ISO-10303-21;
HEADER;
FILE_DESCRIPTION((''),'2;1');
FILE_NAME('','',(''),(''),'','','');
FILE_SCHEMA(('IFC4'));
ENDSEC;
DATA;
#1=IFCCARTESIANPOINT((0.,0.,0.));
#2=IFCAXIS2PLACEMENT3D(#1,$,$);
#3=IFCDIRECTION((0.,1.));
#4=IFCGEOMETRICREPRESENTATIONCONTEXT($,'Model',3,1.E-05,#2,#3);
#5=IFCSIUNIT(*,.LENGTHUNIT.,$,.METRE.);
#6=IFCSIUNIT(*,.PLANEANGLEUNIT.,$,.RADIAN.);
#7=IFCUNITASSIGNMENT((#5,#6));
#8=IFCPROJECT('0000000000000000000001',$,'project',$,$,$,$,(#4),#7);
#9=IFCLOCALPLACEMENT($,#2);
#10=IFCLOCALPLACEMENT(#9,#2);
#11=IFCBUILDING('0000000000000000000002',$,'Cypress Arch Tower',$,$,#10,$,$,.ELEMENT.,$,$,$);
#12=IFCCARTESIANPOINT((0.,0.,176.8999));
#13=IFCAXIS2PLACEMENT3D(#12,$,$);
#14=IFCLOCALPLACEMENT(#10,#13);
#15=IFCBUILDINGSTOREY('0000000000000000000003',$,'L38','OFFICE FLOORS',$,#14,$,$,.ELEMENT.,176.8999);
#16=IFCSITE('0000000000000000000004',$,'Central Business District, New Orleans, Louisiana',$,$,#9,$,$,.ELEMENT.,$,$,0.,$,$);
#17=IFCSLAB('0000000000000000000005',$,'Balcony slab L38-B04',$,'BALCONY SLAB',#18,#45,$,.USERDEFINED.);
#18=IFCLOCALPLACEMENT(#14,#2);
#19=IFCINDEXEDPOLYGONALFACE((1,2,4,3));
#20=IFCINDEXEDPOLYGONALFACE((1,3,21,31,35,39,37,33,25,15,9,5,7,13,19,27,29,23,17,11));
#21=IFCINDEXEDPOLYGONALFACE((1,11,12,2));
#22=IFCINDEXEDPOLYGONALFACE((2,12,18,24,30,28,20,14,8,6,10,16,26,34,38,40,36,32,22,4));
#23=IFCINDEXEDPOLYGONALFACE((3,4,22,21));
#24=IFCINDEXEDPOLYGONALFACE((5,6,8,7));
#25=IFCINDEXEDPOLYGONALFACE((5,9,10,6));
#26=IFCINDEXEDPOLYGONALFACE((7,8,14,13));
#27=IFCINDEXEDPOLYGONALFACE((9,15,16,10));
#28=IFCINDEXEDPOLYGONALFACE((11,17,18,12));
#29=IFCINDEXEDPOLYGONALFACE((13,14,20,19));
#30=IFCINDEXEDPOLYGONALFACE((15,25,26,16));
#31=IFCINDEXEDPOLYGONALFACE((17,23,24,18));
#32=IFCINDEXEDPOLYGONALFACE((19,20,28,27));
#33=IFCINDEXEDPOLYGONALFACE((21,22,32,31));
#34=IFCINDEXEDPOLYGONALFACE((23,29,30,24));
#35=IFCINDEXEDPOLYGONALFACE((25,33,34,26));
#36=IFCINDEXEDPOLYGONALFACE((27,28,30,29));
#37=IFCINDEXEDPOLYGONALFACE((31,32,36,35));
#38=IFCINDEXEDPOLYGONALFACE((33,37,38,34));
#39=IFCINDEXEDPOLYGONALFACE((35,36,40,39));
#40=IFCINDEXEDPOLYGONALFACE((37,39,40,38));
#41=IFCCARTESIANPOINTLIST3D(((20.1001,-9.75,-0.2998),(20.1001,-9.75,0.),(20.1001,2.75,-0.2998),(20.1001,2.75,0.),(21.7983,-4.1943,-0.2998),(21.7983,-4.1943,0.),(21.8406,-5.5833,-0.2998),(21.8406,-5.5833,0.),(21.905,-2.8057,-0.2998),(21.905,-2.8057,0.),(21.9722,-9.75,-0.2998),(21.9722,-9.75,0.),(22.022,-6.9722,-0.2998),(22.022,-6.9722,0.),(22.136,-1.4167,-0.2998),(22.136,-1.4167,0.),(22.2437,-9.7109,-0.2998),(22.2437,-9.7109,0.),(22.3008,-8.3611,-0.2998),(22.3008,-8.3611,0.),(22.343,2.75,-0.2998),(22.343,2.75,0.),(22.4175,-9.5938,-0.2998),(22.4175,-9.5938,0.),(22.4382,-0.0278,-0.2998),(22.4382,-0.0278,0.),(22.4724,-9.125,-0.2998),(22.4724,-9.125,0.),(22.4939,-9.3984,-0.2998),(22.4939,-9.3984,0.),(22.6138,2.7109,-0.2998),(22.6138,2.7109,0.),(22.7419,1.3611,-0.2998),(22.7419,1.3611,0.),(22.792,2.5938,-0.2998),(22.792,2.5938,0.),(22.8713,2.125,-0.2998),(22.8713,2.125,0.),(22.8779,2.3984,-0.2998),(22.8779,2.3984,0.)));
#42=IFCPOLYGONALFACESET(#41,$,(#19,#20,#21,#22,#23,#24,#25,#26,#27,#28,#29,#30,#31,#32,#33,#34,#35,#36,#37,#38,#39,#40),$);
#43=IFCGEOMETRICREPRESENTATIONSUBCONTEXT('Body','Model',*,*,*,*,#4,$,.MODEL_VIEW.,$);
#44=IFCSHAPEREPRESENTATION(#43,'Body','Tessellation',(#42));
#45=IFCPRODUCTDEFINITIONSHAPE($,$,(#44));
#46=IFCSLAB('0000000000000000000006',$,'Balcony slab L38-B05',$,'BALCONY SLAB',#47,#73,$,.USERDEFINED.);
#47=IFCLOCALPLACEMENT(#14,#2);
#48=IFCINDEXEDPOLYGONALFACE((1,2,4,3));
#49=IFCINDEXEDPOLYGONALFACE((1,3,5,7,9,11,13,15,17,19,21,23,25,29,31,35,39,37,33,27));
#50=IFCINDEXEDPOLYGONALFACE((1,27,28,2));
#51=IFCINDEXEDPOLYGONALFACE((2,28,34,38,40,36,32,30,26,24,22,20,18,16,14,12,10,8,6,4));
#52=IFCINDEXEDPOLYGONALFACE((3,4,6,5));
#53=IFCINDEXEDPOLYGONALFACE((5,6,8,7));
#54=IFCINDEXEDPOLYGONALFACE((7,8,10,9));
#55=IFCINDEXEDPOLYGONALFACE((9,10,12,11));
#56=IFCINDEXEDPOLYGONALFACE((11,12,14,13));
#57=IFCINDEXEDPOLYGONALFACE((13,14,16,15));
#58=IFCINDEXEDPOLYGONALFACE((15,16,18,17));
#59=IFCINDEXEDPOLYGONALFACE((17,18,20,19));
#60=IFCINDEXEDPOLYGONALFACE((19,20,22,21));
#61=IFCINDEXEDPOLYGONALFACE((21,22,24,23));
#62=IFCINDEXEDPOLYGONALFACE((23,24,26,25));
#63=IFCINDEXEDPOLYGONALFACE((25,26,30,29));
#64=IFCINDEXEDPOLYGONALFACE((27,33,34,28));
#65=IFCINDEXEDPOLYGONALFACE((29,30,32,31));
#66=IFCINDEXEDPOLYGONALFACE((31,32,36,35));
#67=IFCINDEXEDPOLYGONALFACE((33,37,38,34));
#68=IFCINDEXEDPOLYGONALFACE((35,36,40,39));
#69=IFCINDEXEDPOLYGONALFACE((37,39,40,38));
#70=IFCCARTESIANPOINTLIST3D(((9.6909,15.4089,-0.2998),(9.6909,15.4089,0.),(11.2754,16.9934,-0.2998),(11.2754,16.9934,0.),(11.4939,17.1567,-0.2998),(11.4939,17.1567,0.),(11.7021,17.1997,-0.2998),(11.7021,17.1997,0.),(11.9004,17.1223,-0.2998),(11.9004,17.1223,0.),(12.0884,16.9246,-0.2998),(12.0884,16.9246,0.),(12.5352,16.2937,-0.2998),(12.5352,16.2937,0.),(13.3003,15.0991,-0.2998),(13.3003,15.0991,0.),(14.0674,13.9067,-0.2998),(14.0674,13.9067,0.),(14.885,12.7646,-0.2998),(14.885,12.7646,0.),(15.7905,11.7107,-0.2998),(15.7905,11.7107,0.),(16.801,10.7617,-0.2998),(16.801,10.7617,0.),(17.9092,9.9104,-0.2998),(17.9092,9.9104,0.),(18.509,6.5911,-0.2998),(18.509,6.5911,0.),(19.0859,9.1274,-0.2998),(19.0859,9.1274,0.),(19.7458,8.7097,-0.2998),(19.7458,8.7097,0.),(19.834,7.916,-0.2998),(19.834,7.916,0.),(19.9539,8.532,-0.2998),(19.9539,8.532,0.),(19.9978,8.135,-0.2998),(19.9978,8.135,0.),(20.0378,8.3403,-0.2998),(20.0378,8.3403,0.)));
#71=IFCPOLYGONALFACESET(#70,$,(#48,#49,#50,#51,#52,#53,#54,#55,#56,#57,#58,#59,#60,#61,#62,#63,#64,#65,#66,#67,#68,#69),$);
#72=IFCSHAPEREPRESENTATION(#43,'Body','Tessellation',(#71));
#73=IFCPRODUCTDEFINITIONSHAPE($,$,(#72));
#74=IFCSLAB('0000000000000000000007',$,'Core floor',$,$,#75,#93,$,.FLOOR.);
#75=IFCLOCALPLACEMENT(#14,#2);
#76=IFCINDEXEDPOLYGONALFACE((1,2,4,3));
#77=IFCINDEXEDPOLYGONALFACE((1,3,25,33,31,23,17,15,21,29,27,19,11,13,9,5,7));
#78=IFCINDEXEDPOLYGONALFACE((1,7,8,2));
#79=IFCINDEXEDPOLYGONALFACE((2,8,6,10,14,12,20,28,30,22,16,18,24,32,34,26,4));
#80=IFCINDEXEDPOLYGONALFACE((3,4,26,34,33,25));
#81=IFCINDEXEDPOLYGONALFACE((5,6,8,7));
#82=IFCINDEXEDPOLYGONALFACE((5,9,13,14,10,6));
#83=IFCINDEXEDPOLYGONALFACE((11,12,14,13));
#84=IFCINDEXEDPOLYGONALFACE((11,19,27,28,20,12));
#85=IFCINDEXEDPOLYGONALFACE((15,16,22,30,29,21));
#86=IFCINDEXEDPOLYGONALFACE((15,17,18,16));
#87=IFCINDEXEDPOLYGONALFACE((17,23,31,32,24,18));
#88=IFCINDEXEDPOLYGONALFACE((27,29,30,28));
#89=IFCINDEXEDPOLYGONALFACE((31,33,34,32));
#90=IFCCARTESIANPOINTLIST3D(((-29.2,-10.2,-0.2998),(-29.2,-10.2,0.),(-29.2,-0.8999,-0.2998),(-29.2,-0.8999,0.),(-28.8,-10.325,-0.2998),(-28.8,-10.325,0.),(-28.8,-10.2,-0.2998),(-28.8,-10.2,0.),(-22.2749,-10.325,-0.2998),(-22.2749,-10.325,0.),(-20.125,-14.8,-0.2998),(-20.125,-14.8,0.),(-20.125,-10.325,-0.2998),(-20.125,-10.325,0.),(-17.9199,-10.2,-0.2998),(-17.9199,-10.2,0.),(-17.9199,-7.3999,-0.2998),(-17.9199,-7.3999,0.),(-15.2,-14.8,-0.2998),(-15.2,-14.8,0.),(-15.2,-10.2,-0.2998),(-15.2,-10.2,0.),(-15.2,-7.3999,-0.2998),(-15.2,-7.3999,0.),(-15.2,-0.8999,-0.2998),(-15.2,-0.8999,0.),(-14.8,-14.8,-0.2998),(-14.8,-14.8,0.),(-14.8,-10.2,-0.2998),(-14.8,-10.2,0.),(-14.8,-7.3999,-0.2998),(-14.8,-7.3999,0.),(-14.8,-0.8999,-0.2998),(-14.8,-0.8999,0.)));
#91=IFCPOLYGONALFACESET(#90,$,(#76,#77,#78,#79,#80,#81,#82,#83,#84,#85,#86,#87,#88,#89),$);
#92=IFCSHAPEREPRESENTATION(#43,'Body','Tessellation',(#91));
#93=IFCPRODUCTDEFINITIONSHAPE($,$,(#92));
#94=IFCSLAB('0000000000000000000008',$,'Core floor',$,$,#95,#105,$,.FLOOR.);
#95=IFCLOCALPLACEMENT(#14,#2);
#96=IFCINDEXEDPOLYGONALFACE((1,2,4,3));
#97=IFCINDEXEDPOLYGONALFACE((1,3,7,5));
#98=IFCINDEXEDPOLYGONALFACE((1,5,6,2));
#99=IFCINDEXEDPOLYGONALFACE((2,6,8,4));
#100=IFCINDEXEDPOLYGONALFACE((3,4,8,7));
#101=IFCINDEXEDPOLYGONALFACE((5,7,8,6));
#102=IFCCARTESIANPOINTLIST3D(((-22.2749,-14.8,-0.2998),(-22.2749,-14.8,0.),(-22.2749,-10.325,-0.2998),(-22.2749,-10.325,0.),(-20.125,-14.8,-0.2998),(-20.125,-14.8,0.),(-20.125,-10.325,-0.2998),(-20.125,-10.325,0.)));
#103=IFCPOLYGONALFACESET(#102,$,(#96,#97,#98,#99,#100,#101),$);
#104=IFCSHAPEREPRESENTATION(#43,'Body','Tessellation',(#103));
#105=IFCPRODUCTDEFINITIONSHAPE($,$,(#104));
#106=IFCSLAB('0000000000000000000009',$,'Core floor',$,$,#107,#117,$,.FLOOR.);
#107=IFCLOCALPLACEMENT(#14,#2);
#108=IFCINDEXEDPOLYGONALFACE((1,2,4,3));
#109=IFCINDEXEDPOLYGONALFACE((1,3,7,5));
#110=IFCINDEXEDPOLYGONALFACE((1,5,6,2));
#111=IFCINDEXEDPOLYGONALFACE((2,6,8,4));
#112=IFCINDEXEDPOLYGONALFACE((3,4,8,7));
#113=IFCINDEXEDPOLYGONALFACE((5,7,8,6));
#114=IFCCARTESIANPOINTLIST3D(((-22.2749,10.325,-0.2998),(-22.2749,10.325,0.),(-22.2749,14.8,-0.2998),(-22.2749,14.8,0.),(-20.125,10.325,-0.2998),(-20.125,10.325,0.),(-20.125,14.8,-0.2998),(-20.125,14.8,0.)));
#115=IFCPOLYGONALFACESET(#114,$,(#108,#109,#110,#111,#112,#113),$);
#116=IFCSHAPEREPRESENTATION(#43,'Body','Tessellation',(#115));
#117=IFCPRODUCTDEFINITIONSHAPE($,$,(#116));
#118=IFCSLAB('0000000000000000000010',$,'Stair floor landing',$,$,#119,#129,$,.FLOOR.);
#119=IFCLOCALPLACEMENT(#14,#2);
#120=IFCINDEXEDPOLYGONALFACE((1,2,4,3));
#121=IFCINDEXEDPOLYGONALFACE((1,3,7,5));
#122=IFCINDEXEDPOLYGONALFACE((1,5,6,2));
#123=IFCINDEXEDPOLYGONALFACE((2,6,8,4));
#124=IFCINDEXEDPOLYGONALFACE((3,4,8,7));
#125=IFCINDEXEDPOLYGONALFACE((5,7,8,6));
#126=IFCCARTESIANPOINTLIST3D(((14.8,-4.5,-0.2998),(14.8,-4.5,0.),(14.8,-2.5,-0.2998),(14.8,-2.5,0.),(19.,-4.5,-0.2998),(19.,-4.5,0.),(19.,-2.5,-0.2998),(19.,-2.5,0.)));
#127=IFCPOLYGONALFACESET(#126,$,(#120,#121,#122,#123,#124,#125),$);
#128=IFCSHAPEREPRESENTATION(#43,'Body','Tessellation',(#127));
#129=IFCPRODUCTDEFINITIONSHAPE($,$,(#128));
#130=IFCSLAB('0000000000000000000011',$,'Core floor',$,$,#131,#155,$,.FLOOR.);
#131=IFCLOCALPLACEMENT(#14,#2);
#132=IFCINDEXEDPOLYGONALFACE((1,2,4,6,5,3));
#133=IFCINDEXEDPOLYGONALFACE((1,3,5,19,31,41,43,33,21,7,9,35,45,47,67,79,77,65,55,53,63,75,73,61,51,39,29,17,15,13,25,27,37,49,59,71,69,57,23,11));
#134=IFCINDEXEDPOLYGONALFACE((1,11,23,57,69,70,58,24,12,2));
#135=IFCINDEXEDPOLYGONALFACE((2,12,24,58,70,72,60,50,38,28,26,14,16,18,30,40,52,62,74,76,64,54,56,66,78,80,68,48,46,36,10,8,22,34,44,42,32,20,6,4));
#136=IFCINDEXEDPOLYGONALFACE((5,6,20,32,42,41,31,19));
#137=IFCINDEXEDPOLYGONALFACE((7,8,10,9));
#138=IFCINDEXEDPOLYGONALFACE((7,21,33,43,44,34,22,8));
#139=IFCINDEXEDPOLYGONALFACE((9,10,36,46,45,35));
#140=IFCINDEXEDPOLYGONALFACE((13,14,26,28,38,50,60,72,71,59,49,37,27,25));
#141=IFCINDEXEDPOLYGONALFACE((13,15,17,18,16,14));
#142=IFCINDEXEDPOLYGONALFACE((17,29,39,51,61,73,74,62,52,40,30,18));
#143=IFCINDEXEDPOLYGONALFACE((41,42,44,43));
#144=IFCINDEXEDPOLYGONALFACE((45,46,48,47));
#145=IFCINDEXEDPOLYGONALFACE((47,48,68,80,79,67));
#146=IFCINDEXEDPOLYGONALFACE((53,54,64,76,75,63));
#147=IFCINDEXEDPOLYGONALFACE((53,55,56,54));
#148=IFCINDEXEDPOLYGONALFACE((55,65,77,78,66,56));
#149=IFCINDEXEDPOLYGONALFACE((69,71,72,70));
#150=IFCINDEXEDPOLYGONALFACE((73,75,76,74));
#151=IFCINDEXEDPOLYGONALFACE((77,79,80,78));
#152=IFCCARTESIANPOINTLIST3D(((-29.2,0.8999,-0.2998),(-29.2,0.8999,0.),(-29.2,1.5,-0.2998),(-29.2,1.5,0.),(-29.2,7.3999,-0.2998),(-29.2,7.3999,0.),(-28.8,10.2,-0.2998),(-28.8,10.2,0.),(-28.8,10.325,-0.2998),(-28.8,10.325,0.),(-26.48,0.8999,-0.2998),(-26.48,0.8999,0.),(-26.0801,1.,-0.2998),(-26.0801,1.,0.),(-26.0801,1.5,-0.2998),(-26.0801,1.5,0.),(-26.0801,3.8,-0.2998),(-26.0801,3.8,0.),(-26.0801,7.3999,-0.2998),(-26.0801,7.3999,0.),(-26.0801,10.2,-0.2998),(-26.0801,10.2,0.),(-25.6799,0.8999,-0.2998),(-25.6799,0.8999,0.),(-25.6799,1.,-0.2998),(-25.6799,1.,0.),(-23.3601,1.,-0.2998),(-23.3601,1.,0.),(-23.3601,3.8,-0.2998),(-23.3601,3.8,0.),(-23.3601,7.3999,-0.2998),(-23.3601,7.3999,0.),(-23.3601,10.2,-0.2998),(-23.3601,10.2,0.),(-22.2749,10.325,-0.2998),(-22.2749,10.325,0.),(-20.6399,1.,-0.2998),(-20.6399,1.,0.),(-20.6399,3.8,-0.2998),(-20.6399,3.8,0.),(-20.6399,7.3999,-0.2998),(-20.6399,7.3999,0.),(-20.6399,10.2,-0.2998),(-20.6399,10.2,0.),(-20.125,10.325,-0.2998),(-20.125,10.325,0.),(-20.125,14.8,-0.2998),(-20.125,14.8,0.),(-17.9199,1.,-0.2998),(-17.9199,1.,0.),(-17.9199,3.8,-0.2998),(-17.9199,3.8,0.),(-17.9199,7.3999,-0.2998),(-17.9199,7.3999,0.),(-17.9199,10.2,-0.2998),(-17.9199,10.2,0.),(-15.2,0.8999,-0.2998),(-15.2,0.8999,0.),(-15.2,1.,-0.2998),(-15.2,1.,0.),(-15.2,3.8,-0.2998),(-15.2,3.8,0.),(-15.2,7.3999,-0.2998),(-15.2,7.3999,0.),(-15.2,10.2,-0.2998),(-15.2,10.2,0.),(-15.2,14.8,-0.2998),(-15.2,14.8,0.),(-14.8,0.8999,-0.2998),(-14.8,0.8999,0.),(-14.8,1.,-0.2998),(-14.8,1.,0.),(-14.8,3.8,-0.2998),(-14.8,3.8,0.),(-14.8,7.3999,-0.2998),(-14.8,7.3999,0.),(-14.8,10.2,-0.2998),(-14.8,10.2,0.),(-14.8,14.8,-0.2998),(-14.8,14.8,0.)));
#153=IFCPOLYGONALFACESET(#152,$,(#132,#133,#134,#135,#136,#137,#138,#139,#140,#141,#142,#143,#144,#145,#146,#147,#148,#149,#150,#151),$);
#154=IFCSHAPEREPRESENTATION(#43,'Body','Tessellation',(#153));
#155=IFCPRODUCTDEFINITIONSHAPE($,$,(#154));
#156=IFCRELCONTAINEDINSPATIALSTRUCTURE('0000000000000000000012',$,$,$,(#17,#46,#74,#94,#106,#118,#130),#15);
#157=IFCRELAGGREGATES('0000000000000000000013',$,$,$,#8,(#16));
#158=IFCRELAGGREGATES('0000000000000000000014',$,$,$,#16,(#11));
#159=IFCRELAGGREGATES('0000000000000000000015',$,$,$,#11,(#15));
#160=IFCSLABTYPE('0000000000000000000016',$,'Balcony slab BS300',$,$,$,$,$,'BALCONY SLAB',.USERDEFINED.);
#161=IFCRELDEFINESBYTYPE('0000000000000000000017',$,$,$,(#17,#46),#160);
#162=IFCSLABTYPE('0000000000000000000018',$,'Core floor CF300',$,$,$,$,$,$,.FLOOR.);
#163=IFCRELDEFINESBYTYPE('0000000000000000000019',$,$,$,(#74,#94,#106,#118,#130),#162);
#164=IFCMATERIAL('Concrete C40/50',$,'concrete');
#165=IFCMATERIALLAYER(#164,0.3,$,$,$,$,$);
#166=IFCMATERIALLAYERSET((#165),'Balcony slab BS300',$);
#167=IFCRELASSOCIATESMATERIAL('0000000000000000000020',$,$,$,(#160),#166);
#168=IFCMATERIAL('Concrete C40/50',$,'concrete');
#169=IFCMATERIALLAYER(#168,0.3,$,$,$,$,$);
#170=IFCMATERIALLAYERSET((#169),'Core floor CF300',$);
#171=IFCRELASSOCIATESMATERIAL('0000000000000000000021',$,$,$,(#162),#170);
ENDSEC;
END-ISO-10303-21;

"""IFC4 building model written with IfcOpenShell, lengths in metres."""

from ifc_helpers import new_model, si_unit, direction, frame, origin, place, context, subcontext, project, spatial, polyline, outline, extrude, material, layer, layer_set, type_object, element, save


model = new_model("IFC4")

# Units and contexts
model_context = context("Model", 3, precision=1e-05, world=origin(), true_north=direction((0.0, 1.0)))
body_context = subcontext(model_context, "Body", "Model", "MODEL_VIEW")
ifc_project = project(units=[si_unit("LENGTHUNIT", "METRE"), si_unit("PLANEANGLEUNIT", "RADIAN")], contexts=[model_context])

# Site, building, storey
site_placement = place(None, origin())
site = spatial("IfcSite", under=ifc_project, at=site_placement, Name="Central Business District, New Orleans, Louisiana", CompositionType="ELEMENT", RefElevation=0.0)
building_placement = place(site_placement, origin())
building = spatial("IfcBuilding", under=site, at=building_placement, Name="Cypress Arch Tower", CompositionType="ELEMENT")
storey_placement = place(building_placement, frame((0.0, 0.0, 176.8999)))
storey = spatial("IfcBuildingStorey", under=building, at=storey_placement, Name="L38", Description="OFFICE FLOORS", CompositionType="ELEMENT", Elevation=176.8999)

# Slabs
ifc_material_1 = material(Name="Concrete C40/50", Category="concrete")
ifc_layer_1 = layer(ifc_material_1, 0.3)
ifc_layer_set_1 = layer_set([ifc_layer_1], Name="Balcony slab BS300")
slab_type_1 = type_object("IfcSlabType", Name="Balcony slab BS300", ElementType="BALCONY SLAB", PredefinedType="USERDEFINED", material=ifc_layer_set_1)
slab_1_placement = place(storey_placement, frame((0.0, 0.0, -0.2998)))
element("IfcSlab", 1, at=slab_1_placement, inside=storey, type_object=slab_type_1, Name="Balcony slab L38-B04", ObjectType="BALCONY SLAB", PredefinedType="USERDEFINED", context=body_context, shape_type="SweptSolid", body=[
    extrude(outline(polyline([(20.1001, -9.75), (21.9722, -9.75), (22.2437, -9.7109), (22.4175, -9.5938), (22.4939, -9.3984), (22.4724, -9.125), (22.3008, -8.3611), (22.022, -6.9722), (21.8406, -5.5833), (21.7983, -4.1943), (21.905, -2.8057), (22.136, -1.4167), (22.4382, -0.0278), (22.7419, 1.3611), (22.8713, 2.125), (22.8779, 2.3984), (22.792, 2.5938), (22.6138, 2.7109), (22.343, 2.75), (20.1001, 2.75), (20.1001, -9.75)])), origin(), (0.0, 0.0, 1.0), 0.2998),
])
slab_2_placement = place(storey_placement, frame((0.0, 0.0, -0.2998)))
element("IfcSlab", 2, at=slab_2_placement, inside=storey, type_object=slab_type_1, Name="Balcony slab L38-B05", ObjectType="BALCONY SLAB", PredefinedType="USERDEFINED", context=body_context, shape_type="SweptSolid", body=[
    extrude(outline(polyline([(18.509, 6.5911), (19.834, 7.916), (19.9978, 8.135), (20.0378, 8.3403), (19.9539, 8.532), (19.7458, 8.7097), (19.0859, 9.1274), (17.9092, 9.9104), (16.801, 10.7617), (15.7905, 11.7107), (14.885, 12.7646), (14.0674, 13.9067), (13.3003, 15.0991), (12.5352, 16.2937), (12.0884, 16.9246), (11.9004, 17.1223), (11.7021, 17.1997), (11.4939, 17.1567), (11.2754, 16.9934), (9.6909, 15.4089), (18.509, 6.5911)])), origin(), (0.0, 0.0, 1.0), 0.2998),
])
ifc_material_2 = material(Name="Concrete C40/50", Category="concrete")
ifc_layer_2 = layer(ifc_material_2, 0.3)
ifc_layer_set_2 = layer_set([ifc_layer_2], Name="Core floor CF300")
slab_type_2 = type_object("IfcSlabType", Name="Core floor CF300", PredefinedType="FLOOR", material=ifc_layer_set_2)
slab_3_placement = place(storey_placement, frame((0.0, 0.0, -0.2998)))
element("IfcSlab", 3, at=slab_3_placement, inside=storey, type_object=slab_type_2, Name="Core floor", PredefinedType="FLOOR", context=body_context, shape_type="SweptSolid", body=[
    extrude(outline(polyline([(-28.8, -10.2), (-29.2, -10.2), (-29.2, -0.8999), (-15.2, -0.8999), (-14.8, -0.8999), (-14.8, -7.3999), (-15.2, -7.3999), (-17.9199, -7.3999), (-17.9199, -10.2), (-15.2, -10.2), (-14.8, -10.2), (-14.8, -14.8), (-15.2, -14.8), (-20.125, -14.8), (-20.125, -10.325), (-22.2749, -10.325), (-28.8, -10.325), (-28.8, -10.2)])), origin(), (0.0, 0.0, 1.0), 0.2998),
])
slab_4_placement = place(storey_placement, frame((0.0, 0.0, -0.2998)))
element("IfcSlab", 4, at=slab_4_placement, inside=storey, type_object=slab_type_2, Name="Core floor", PredefinedType="FLOOR", context=body_context, shape_type="SweptSolid", body=[
    extrude(outline(polyline([(-22.2749, -10.325), (-22.2749, -14.8), (-20.125, -14.8), (-20.125, -10.325), (-22.2749, -10.325)])), origin(), (0.0, 0.0, 1.0), 0.2998),
])
slab_5_placement = place(storey_placement, frame((0.0, 0.0, -0.2998)))
element("IfcSlab", 5, at=slab_5_placement, inside=storey, type_object=slab_type_2, Name="Core floor", PredefinedType="FLOOR", context=body_context, shape_type="SweptSolid", body=[
    extrude(outline(polyline([(-20.125, 14.8), (-22.2749, 14.8), (-22.2749, 10.325), (-20.125, 10.325), (-20.125, 14.8)])), origin(), (0.0, 0.0, 1.0), 0.2998),
])
slab_6_placement = place(storey_placement, frame((0.0, 0.0, -0.2998)))
element("IfcSlab", 6, at=slab_6_placement, inside=storey, type_object=slab_type_2, Name="Stair floor landing", PredefinedType="FLOOR", context=body_context, shape_type="SweptSolid", body=[
    extrude(outline(polyline([(19.0, -4.5), (19.0, -2.5), (14.8, -2.5), (14.8, -4.5), (19.0, -4.5)])), origin(), (0.0, 0.0, 1.0), 0.2998),
])
slab_7_placement = place(storey_placement, frame((0.0, 0.0, -0.2998)))
element("IfcSlab", 7, at=slab_7_placement, inside=storey, type_object=slab_type_2, Name="Core floor", PredefinedType="FLOOR", context=body_context, shape_type="SweptSolid", body=[
    extrude(outline(polyline([(-20.6399, 7.3999), (-20.6399, 10.2), (-23.3601, 10.2), (-26.0801, 10.2), (-28.8, 10.2), (-28.8, 10.325), (-22.2749, 10.325), (-20.125, 10.325), (-20.125, 14.8), (-15.2, 14.8), (-14.8, 14.8), (-14.8, 10.2), (-15.2, 10.2), (-17.9199, 10.2), (-17.9199, 7.3999), (-15.2, 7.3999), (-14.8, 7.3999), (-14.8, 3.8), (-15.2, 3.8), (-17.9199, 3.8), (-20.6399, 3.8), (-23.3601, 3.8), (-26.0801, 3.8), (-26.0801, 1.5), (-26.0801, 1.5), (-26.0801, 1.0), (-25.6799, 1.0), (-23.3601, 1.0), (-20.6399, 1.0), (-17.9199, 1.0), (-15.2, 1.0), (-14.8, 1.0), (-14.8, 0.8999), (-15.2, 0.8999), (-25.6799, 0.8999), (-26.48, 0.8999), (-29.2, 0.8999), (-29.2, 1.5), (-29.2, 7.3999), (-26.0801, 7.3999), (-23.3601, 7.3999), (-20.6399, 7.3999)])), origin(), (0.0, 0.0, 1.0), 0.2998),
])

save(model, "model.ifc")
